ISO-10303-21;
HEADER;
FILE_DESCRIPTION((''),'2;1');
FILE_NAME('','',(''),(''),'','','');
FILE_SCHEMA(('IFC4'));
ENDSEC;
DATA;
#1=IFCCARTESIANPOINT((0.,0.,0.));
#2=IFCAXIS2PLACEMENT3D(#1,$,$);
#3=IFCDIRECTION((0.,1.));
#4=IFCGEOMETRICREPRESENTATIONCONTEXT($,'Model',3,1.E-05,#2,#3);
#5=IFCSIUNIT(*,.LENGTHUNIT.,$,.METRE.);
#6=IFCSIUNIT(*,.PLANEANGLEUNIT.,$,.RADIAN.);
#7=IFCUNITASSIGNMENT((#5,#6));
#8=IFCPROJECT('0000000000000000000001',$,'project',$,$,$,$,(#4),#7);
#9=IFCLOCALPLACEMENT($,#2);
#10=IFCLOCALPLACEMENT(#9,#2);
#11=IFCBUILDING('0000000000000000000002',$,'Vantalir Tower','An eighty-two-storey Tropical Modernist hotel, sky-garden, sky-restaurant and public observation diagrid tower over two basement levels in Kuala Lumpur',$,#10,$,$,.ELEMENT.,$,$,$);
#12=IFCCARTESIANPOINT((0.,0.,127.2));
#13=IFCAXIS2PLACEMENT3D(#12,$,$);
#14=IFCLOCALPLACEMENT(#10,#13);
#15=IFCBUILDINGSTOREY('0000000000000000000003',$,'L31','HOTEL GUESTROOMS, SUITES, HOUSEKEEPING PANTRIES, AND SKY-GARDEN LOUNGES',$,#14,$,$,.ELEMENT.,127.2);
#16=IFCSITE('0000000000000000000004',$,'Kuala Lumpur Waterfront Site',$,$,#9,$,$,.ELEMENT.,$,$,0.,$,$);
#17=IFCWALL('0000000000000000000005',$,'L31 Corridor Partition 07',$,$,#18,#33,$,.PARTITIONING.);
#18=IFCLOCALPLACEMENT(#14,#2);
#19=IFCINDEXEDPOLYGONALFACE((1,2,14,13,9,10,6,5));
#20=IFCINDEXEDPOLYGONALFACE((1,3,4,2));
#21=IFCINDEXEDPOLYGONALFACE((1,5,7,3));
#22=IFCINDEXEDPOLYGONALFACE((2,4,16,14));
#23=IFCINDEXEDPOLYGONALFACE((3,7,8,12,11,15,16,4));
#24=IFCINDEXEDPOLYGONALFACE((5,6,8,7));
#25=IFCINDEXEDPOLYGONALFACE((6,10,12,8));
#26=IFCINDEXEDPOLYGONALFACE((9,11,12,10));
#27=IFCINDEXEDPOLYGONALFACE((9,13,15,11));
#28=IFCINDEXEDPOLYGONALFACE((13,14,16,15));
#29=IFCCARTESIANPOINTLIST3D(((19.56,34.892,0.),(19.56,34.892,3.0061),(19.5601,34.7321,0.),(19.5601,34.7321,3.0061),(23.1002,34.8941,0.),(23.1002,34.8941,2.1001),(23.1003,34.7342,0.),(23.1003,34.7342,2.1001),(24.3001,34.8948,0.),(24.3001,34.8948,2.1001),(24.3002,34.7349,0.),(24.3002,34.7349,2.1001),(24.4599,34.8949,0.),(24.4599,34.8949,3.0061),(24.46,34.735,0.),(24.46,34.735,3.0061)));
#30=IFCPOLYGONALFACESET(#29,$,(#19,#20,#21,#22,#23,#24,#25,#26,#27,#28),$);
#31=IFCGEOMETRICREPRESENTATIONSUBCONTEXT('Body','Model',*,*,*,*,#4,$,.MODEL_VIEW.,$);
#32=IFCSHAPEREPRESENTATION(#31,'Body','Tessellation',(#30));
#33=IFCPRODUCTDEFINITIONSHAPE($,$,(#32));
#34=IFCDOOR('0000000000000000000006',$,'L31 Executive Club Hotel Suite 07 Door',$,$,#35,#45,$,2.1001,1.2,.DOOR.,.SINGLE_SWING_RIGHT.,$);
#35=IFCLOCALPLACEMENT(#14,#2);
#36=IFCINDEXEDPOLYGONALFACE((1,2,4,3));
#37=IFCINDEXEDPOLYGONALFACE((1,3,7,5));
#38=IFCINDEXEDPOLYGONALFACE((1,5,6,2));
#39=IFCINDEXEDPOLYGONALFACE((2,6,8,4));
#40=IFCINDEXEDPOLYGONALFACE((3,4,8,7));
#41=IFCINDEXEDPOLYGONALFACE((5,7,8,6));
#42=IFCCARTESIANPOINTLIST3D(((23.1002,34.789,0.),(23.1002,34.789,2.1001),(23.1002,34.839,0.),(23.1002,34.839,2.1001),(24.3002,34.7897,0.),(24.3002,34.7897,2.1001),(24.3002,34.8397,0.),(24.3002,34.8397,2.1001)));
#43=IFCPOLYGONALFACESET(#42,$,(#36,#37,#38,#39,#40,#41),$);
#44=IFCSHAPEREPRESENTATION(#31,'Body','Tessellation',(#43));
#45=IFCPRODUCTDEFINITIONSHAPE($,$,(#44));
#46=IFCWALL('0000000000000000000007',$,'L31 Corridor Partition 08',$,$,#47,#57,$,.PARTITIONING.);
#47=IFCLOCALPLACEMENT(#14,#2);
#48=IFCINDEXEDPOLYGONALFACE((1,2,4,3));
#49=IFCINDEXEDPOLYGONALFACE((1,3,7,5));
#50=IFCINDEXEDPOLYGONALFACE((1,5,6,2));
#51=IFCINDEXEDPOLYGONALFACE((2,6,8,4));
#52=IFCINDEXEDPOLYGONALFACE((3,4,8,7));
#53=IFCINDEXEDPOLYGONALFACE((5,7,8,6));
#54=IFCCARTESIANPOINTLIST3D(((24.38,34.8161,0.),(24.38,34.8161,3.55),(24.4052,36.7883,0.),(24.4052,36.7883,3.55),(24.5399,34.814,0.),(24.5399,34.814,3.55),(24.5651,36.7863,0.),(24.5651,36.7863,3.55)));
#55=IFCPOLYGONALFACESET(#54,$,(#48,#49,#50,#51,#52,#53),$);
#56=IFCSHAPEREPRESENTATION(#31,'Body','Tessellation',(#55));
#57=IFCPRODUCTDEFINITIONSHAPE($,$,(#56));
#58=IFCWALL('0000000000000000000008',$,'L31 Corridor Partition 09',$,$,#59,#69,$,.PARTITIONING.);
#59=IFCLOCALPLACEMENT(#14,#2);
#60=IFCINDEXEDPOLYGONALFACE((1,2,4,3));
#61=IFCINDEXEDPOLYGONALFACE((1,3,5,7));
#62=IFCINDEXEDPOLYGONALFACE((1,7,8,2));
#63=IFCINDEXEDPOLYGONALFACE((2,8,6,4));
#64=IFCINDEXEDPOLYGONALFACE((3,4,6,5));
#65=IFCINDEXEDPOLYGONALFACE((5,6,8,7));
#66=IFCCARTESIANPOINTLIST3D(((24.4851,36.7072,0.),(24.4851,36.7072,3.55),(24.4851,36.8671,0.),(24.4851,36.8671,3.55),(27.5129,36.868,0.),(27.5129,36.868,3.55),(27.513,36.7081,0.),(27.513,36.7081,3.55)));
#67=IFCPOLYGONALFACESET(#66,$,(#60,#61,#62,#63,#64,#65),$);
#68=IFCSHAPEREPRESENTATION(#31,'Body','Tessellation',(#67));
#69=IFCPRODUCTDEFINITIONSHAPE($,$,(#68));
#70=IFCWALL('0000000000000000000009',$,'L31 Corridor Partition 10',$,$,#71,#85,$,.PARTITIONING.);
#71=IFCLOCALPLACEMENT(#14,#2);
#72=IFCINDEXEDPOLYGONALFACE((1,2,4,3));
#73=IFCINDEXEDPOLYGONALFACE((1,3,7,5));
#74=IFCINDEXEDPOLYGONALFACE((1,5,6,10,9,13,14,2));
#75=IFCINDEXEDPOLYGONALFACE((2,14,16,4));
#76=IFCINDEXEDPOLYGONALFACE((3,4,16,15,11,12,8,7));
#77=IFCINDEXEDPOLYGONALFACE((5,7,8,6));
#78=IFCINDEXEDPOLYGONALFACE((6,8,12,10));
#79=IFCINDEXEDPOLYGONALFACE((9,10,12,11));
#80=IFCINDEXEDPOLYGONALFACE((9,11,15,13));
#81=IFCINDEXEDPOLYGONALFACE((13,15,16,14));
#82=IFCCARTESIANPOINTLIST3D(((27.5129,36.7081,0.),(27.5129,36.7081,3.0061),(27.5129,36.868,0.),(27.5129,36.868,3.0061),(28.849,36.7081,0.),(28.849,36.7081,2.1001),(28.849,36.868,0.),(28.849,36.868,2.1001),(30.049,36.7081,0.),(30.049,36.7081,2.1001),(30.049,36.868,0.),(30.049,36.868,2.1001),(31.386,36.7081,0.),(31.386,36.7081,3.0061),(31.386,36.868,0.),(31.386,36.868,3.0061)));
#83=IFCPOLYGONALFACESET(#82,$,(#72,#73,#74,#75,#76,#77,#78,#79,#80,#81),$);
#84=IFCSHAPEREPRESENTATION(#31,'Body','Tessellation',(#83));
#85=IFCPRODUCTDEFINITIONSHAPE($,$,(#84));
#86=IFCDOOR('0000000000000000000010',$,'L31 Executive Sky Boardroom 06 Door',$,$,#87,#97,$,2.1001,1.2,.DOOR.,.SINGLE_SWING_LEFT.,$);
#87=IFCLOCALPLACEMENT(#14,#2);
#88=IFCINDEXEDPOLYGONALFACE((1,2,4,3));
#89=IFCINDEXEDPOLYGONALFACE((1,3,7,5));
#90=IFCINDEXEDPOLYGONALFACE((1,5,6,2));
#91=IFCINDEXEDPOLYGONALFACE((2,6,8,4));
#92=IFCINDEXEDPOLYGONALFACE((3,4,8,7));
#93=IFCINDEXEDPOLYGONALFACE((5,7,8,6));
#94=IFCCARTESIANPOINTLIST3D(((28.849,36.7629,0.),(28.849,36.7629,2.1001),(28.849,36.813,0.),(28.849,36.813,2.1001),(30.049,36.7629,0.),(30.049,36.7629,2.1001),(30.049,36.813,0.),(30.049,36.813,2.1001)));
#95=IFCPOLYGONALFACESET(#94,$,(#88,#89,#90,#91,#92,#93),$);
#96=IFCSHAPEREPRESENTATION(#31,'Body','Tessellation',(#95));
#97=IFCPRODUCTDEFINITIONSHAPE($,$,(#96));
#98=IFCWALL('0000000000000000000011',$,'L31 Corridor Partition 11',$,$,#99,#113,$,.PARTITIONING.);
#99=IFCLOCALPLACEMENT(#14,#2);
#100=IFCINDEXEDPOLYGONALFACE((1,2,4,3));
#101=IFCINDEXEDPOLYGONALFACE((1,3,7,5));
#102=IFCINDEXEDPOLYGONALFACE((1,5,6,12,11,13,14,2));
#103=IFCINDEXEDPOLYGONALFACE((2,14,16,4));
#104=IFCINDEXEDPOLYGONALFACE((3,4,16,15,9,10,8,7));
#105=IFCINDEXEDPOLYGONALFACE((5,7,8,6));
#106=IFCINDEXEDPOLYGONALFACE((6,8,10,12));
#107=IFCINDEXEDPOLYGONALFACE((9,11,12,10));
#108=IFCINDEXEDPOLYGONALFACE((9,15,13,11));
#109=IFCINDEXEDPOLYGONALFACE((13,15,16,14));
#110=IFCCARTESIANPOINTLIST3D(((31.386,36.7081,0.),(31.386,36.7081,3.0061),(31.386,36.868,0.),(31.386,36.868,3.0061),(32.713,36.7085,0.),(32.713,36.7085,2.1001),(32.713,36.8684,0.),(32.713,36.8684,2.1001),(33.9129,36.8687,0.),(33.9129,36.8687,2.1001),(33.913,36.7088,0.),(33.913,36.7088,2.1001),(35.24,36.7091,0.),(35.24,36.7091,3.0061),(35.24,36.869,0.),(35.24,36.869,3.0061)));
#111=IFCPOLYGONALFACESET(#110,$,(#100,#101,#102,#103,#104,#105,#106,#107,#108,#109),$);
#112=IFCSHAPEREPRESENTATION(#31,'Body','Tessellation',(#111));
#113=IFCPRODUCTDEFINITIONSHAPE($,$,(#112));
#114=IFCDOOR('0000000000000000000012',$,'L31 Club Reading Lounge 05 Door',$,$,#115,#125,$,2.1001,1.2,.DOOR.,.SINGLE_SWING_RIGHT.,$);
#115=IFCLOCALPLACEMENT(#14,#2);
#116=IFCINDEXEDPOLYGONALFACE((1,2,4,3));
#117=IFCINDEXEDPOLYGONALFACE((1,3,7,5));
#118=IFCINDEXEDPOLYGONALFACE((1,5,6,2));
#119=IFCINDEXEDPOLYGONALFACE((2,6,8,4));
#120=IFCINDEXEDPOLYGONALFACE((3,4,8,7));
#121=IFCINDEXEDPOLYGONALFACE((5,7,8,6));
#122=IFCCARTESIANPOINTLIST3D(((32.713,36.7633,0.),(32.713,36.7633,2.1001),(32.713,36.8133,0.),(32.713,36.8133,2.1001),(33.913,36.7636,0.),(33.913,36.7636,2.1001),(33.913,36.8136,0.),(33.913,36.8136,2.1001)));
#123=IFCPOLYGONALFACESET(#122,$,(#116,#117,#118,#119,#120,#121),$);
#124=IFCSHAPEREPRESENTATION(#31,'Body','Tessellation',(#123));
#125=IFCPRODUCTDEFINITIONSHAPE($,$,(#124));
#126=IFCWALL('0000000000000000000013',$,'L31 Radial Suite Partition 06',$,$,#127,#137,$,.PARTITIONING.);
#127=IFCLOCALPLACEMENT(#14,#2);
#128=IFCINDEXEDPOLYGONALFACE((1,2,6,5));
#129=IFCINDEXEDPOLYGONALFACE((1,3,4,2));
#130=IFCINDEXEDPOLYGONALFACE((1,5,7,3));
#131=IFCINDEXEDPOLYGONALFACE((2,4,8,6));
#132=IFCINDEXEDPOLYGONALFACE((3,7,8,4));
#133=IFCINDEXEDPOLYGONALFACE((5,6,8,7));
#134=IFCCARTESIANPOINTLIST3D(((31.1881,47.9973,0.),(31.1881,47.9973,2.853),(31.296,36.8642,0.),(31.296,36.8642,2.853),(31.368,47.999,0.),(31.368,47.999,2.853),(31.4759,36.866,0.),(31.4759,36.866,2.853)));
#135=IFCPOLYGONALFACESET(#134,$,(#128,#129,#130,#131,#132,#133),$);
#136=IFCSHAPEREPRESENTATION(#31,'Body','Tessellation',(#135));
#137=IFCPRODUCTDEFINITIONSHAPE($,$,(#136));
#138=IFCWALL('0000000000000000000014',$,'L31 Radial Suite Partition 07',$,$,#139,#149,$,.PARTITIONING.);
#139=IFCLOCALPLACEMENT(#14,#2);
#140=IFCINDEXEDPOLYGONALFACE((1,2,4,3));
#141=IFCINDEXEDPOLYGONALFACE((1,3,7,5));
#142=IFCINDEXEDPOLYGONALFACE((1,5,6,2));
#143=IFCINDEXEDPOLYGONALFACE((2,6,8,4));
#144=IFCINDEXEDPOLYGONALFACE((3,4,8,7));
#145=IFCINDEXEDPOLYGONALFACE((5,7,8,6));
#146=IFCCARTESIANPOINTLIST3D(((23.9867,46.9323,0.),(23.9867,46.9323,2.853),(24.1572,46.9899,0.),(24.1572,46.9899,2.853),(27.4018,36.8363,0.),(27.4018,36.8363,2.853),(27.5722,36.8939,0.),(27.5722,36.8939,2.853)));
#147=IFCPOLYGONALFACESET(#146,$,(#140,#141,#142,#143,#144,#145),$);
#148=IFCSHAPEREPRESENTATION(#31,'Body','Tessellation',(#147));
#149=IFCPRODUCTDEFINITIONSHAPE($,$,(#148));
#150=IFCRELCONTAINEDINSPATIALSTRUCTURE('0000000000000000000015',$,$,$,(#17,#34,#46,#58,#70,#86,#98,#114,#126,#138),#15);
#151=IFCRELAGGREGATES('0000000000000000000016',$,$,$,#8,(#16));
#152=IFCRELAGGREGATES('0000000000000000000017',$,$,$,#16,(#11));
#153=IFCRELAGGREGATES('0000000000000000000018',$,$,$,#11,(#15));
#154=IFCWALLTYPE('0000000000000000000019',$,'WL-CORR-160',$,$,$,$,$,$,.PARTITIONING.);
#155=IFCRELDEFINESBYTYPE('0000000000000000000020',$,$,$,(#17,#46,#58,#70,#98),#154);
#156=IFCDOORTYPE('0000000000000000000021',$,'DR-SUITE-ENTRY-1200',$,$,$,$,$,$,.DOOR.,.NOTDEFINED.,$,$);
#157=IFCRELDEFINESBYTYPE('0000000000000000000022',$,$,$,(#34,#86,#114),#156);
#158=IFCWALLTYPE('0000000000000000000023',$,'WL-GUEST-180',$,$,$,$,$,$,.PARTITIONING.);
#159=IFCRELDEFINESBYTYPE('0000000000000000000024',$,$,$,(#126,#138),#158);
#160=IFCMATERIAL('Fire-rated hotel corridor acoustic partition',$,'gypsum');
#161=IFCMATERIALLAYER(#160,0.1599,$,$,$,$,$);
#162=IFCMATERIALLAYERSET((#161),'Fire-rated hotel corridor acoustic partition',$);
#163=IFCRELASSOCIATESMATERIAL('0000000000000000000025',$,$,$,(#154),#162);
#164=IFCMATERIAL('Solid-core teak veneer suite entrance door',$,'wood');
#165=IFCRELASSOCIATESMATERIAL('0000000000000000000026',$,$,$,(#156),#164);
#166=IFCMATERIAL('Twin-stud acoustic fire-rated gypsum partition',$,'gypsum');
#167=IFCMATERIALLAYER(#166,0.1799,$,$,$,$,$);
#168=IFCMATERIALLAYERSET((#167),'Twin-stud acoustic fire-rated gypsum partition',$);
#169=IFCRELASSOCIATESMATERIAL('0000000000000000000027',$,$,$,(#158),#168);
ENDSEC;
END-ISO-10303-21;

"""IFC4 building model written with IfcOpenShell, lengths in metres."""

from ifc_helpers import new_model, si_unit, direction, frame, frame_2d, origin, place, context, subcontext, project, spatial, rectangle, extrude, material, layer, layer_set, type_object, element, fill, save


model = new_model("IFC4")

# Units and contexts
model_context = context("Model", 3, precision=1e-05, world=origin(), true_north=direction((0.0, 1.0)))
body_context = subcontext(model_context, "Body", "Model", "MODEL_VIEW")
ifc_project = project(units=[si_unit("LENGTHUNIT", "METRE"), si_unit("PLANEANGLEUNIT", "RADIAN")], contexts=[model_context])

# Site, building, storey
site_placement = place(None, origin())
site = spatial("IfcSite", under=ifc_project, at=site_placement, Name="Kuala Lumpur Waterfront Site", CompositionType="ELEMENT", RefElevation=0.0)
building_placement = place(site_placement, origin())
building = spatial("IfcBuilding", under=site, at=building_placement, Name="Vantalir Tower", Description="An eighty-two-storey Tropical Modernist hotel, sky-garden, sky-restaurant and public observation diagrid tower over two basement levels in Kuala Lumpur", CompositionType="ELEMENT")
storey_placement = place(building_placement, frame((0.0, 0.0, 127.2)))
storey = spatial("IfcBuildingStorey", under=building, at=storey_placement, Name="L31", Description="HOTEL GUESTROOMS, SUITES, HOUSEKEEPING PANTRIES, AND SKY-GARDEN LOUNGES", CompositionType="ELEMENT", Elevation=127.2)

# Shared definitions
ifc_material_1 = material(Name="Fire-rated hotel corridor acoustic partition", Category="gypsum")
ifc_layer_1 = layer(ifc_material_1, 0.1599)
ifc_layer_set_1 = layer_set([ifc_layer_1], Name="Fire-rated hotel corridor acoustic partition")
wall_type_1 = type_object("IfcWallType", Name="WL-CORR-160", PredefinedType="PARTITIONING", material=ifc_layer_set_1)

# Wall, opening, door
wall_1_placement = place(storey_placement, frame((19.5601, 34.812, 0.0), z_axis=(0.0, 0.0, 1.0), x_axis=(1.0, 0.000598, 0.0)))
wall_1 = element("IfcWall", 1, at=wall_1_placement, inside=storey, type_object=wall_type_1, Name="L31 Corridor Partition 07", PredefinedType="PARTITIONING", context=body_context, shape_type="SweptSolid", body=[
    extrude(rectangle(XDim=4.8999, YDim=0.1599, at=frame_2d((2.45, 0.0))), origin(), (0.0, 0.0, 1.0), 3.0061),
])
opening_1_placement = place(wall_1_placement, frame((3.54, 0.0, 0.0)))
opening_1 = element("IfcOpeningElement", 2, at=opening_1_placement, cuts=wall_1, PredefinedType="OPENING", context=body_context, shape_type="SweptSolid", body=[
    extrude(rectangle(XDim=1.2, YDim=2.1001, at=frame_2d((0.6001, 1.05))), frame((0.0, 0.0898, 0.0), z_axis=(0.0, -1.0, 0.0), x_axis=(1.0, 0.0, 0.0)), (0.0, 0.0, 1.0), 0.1799),
])
ifc_material_2 = material(Name="Solid-core teak veneer suite entrance door", Category="wood")
door_type_1 = type_object("IfcDoorType", Name="DR-SUITE-ENTRY-1200", OperationType="NOTDEFINED", PredefinedType="DOOR", material=ifc_material_2)
door_1_placement = place(opening_1_placement, origin())
door_1 = element("IfcDoor", 3, at=door_1_placement, inside=storey, type_object=door_type_1, Name="L31 Executive Club Hotel Suite 07 Door", OperationType="SINGLE_SWING_RIGHT", OverallHeight=2.1001, OverallWidth=1.2, PredefinedType="DOOR", context=body_context, shape_type="SweptSolid", body=[
    extrude(rectangle(XDim=1.2, YDim=2.1001, at=frame_2d((0.6001, 1.05))), frame((0.0, 0.0249, 0.0), z_axis=(0.0, -1.0, 0.0), x_axis=(1.0, 0.0, 0.0)), (0.0, 0.0, 1.0), 0.05),
])
fill(opening_1, door_1)

# Walls
wall_2_placement = place(storey_placement, frame((24.46, 34.8149, 0.0), z_axis=(0.0, 0.0, 1.0), x_axis=(0.01275, 0.999919, 0.0)))
element("IfcWall", 4, at=wall_2_placement, inside=storey, type_object=wall_type_1, Name="L31 Corridor Partition 08", PredefinedType="PARTITIONING", context=body_context, shape_type="SweptSolid", body=[
    extrude(rectangle(XDim=1.9724, YDim=0.1599, at=frame_2d((0.9863, 0.0))), origin(), (0.0, 0.0, 1.0), 3.55),
])
wall_3_placement = place(storey_placement, frame((24.4851, 36.7871, 0.0), z_axis=(0.0, 0.0, 1.0), x_axis=(1.0, 0.000323, 0.0)))
element("IfcWall", 5, at=wall_3_placement, inside=storey, type_object=wall_type_1, Name="L31 Corridor Partition 09", PredefinedType="PARTITIONING", context=body_context, shape_type="SweptSolid", body=[
    extrude(rectangle(XDim=3.0278, YDim=0.1599, at=frame_2d((1.5139, 0.0))), origin(), (0.0, 0.0, 1.0), 3.55),
])

# Walls, openings, doors
wall_4_placement = place(storey_placement, frame((27.5129, 36.7881, 0.0), z_axis=(0.0, 0.0, 1.0), x_axis=(1.0, 0.0, 0.0)))
wall_4 = element("IfcWall", 6, at=wall_4_placement, inside=storey, type_object=wall_type_1, Name="L31 Corridor Partition 10", PredefinedType="PARTITIONING", context=body_context, shape_type="SweptSolid", body=[
    extrude(rectangle(XDim=3.873, YDim=0.1599, at=frame_2d((1.9365, 0.0))), origin(), (0.0, 0.0, 1.0), 3.0061),
])
opening_2_placement = place(wall_4_placement, frame((1.3359, 0.0, 0.0)))
opening_2 = element("IfcOpeningElement", 7, at=opening_2_placement, cuts=wall_4, PredefinedType="OPENING", context=body_context, shape_type="SweptSolid", body=[
    extrude(rectangle(XDim=1.2, YDim=2.1001, at=frame_2d((0.6001, 1.05))), frame((0.0, 0.0898, 0.0), z_axis=(0.0, -1.0, 0.0), x_axis=(1.0, 0.0, 0.0)), (0.0, 0.0, 1.0), 0.1799),
])
door_2_placement = place(opening_2_placement, origin())
door_2 = element("IfcDoor", 8, at=door_2_placement, inside=storey, type_object=door_type_1, Name="L31 Executive Sky Boardroom 06 Door", OperationType="SINGLE_SWING_LEFT", OverallHeight=2.1001, OverallWidth=1.2, PredefinedType="DOOR", context=body_context, shape_type="SweptSolid", body=[
    extrude(rectangle(XDim=1.2, YDim=2.1001, at=frame_2d((0.6001, 1.05))), frame((0.0, 0.0249, 0.0), z_axis=(0.0, -1.0, 0.0), x_axis=(1.0, 0.0, 0.0)), (0.0, 0.0, 1.0), 0.05),
])
fill(opening_2, door_2)
wall_5_placement = place(storey_placement, frame((31.386, 36.7881, 0.0), z_axis=(0.0, 0.0, 1.0), x_axis=(1.0, 0.000253, 0.0)))
wall_5 = element("IfcWall", 9, at=wall_5_placement, inside=storey, type_object=wall_type_1, Name="L31 Corridor Partition 11", PredefinedType="PARTITIONING", context=body_context, shape_type="SweptSolid", body=[
    extrude(rectangle(XDim=3.854, YDim=0.1599, at=frame_2d((1.927, 0.0))), origin(), (0.0, 0.0, 1.0), 3.0061),
])
opening_3_placement = place(wall_5_placement, frame((1.3269, 0.0, 0.0)))
opening_3 = element("IfcOpeningElement", 10, at=opening_3_placement, cuts=wall_5, PredefinedType="OPENING", context=body_context, shape_type="SweptSolid", body=[
    extrude(rectangle(XDim=1.2, YDim=2.1001, at=frame_2d((0.6001, 1.05))), frame((0.0, 0.0898, 0.0), z_axis=(0.0, -1.0, 0.0), x_axis=(1.0, 0.0, 0.0)), (0.0, 0.0, 1.0), 0.1799),
])
door_3_placement = place(opening_3_placement, origin())
door_3 = element("IfcDoor", 11, at=door_3_placement, inside=storey, type_object=door_type_1, Name="L31 Club Reading Lounge 05 Door", OperationType="SINGLE_SWING_RIGHT", OverallHeight=2.1001, OverallWidth=1.2, PredefinedType="DOOR", context=body_context, shape_type="SweptSolid", body=[
    extrude(rectangle(XDim=1.2, YDim=2.1001, at=frame_2d((0.6001, 1.05))), frame((0.0, 0.0249, 0.0), z_axis=(0.0, -1.0, 0.0), x_axis=(1.0, 0.0, 0.0)), (0.0, 0.0, 1.0), 0.05),
])
fill(opening_3, door_3)

# Walls
ifc_material_3 = material(Name="Twin-stud acoustic fire-rated gypsum partition", Category="gypsum")
ifc_layer_2 = layer(ifc_material_3, 0.1799)
ifc_layer_set_2 = layer_set([ifc_layer_2], Name="Twin-stud acoustic fire-rated gypsum partition")
wall_type_2 = type_object("IfcWallType", Name="WL-GUEST-180", PredefinedType="PARTITIONING", material=ifc_layer_set_2)
wall_6_placement = place(storey_placement, frame((31.386, 36.865, 0.0), z_axis=(0.0, 0.0, 1.0), x_axis=(-0.009692, 0.999953, 0.0)))
element("IfcWall", 12, at=wall_6_placement, inside=storey, type_object=wall_type_2, Name="L31 Radial Suite Partition 06", PredefinedType="PARTITIONING", context=body_context, shape_type="SweptSolid", body=[
    extrude(rectangle(XDim=11.1335, YDim=0.1799, at=frame_2d((5.5669, 0.0))), origin(), (0.0, 0.0, 1.0), 2.853),
])
wall_7_placement = place(storey_placement, frame((27.4871, 36.865, 0.0), z_axis=(0.0, 0.0, 1.0), x_axis=(-0.320424, 0.947274, 0.0)))
element("IfcWall", 13, at=wall_7_placement, inside=storey, type_object=wall_type_2, Name="L31 Radial Suite Partition 07", PredefinedType="PARTITIONING", context=body_context, shape_type="SweptSolid", body=[
    extrude(rectangle(XDim=10.658, YDim=0.1799, at=frame_2d((5.3291, 0.0))), origin(), (0.0, 0.0, 1.0), 2.853),
])

save(model, "model.ifc")
